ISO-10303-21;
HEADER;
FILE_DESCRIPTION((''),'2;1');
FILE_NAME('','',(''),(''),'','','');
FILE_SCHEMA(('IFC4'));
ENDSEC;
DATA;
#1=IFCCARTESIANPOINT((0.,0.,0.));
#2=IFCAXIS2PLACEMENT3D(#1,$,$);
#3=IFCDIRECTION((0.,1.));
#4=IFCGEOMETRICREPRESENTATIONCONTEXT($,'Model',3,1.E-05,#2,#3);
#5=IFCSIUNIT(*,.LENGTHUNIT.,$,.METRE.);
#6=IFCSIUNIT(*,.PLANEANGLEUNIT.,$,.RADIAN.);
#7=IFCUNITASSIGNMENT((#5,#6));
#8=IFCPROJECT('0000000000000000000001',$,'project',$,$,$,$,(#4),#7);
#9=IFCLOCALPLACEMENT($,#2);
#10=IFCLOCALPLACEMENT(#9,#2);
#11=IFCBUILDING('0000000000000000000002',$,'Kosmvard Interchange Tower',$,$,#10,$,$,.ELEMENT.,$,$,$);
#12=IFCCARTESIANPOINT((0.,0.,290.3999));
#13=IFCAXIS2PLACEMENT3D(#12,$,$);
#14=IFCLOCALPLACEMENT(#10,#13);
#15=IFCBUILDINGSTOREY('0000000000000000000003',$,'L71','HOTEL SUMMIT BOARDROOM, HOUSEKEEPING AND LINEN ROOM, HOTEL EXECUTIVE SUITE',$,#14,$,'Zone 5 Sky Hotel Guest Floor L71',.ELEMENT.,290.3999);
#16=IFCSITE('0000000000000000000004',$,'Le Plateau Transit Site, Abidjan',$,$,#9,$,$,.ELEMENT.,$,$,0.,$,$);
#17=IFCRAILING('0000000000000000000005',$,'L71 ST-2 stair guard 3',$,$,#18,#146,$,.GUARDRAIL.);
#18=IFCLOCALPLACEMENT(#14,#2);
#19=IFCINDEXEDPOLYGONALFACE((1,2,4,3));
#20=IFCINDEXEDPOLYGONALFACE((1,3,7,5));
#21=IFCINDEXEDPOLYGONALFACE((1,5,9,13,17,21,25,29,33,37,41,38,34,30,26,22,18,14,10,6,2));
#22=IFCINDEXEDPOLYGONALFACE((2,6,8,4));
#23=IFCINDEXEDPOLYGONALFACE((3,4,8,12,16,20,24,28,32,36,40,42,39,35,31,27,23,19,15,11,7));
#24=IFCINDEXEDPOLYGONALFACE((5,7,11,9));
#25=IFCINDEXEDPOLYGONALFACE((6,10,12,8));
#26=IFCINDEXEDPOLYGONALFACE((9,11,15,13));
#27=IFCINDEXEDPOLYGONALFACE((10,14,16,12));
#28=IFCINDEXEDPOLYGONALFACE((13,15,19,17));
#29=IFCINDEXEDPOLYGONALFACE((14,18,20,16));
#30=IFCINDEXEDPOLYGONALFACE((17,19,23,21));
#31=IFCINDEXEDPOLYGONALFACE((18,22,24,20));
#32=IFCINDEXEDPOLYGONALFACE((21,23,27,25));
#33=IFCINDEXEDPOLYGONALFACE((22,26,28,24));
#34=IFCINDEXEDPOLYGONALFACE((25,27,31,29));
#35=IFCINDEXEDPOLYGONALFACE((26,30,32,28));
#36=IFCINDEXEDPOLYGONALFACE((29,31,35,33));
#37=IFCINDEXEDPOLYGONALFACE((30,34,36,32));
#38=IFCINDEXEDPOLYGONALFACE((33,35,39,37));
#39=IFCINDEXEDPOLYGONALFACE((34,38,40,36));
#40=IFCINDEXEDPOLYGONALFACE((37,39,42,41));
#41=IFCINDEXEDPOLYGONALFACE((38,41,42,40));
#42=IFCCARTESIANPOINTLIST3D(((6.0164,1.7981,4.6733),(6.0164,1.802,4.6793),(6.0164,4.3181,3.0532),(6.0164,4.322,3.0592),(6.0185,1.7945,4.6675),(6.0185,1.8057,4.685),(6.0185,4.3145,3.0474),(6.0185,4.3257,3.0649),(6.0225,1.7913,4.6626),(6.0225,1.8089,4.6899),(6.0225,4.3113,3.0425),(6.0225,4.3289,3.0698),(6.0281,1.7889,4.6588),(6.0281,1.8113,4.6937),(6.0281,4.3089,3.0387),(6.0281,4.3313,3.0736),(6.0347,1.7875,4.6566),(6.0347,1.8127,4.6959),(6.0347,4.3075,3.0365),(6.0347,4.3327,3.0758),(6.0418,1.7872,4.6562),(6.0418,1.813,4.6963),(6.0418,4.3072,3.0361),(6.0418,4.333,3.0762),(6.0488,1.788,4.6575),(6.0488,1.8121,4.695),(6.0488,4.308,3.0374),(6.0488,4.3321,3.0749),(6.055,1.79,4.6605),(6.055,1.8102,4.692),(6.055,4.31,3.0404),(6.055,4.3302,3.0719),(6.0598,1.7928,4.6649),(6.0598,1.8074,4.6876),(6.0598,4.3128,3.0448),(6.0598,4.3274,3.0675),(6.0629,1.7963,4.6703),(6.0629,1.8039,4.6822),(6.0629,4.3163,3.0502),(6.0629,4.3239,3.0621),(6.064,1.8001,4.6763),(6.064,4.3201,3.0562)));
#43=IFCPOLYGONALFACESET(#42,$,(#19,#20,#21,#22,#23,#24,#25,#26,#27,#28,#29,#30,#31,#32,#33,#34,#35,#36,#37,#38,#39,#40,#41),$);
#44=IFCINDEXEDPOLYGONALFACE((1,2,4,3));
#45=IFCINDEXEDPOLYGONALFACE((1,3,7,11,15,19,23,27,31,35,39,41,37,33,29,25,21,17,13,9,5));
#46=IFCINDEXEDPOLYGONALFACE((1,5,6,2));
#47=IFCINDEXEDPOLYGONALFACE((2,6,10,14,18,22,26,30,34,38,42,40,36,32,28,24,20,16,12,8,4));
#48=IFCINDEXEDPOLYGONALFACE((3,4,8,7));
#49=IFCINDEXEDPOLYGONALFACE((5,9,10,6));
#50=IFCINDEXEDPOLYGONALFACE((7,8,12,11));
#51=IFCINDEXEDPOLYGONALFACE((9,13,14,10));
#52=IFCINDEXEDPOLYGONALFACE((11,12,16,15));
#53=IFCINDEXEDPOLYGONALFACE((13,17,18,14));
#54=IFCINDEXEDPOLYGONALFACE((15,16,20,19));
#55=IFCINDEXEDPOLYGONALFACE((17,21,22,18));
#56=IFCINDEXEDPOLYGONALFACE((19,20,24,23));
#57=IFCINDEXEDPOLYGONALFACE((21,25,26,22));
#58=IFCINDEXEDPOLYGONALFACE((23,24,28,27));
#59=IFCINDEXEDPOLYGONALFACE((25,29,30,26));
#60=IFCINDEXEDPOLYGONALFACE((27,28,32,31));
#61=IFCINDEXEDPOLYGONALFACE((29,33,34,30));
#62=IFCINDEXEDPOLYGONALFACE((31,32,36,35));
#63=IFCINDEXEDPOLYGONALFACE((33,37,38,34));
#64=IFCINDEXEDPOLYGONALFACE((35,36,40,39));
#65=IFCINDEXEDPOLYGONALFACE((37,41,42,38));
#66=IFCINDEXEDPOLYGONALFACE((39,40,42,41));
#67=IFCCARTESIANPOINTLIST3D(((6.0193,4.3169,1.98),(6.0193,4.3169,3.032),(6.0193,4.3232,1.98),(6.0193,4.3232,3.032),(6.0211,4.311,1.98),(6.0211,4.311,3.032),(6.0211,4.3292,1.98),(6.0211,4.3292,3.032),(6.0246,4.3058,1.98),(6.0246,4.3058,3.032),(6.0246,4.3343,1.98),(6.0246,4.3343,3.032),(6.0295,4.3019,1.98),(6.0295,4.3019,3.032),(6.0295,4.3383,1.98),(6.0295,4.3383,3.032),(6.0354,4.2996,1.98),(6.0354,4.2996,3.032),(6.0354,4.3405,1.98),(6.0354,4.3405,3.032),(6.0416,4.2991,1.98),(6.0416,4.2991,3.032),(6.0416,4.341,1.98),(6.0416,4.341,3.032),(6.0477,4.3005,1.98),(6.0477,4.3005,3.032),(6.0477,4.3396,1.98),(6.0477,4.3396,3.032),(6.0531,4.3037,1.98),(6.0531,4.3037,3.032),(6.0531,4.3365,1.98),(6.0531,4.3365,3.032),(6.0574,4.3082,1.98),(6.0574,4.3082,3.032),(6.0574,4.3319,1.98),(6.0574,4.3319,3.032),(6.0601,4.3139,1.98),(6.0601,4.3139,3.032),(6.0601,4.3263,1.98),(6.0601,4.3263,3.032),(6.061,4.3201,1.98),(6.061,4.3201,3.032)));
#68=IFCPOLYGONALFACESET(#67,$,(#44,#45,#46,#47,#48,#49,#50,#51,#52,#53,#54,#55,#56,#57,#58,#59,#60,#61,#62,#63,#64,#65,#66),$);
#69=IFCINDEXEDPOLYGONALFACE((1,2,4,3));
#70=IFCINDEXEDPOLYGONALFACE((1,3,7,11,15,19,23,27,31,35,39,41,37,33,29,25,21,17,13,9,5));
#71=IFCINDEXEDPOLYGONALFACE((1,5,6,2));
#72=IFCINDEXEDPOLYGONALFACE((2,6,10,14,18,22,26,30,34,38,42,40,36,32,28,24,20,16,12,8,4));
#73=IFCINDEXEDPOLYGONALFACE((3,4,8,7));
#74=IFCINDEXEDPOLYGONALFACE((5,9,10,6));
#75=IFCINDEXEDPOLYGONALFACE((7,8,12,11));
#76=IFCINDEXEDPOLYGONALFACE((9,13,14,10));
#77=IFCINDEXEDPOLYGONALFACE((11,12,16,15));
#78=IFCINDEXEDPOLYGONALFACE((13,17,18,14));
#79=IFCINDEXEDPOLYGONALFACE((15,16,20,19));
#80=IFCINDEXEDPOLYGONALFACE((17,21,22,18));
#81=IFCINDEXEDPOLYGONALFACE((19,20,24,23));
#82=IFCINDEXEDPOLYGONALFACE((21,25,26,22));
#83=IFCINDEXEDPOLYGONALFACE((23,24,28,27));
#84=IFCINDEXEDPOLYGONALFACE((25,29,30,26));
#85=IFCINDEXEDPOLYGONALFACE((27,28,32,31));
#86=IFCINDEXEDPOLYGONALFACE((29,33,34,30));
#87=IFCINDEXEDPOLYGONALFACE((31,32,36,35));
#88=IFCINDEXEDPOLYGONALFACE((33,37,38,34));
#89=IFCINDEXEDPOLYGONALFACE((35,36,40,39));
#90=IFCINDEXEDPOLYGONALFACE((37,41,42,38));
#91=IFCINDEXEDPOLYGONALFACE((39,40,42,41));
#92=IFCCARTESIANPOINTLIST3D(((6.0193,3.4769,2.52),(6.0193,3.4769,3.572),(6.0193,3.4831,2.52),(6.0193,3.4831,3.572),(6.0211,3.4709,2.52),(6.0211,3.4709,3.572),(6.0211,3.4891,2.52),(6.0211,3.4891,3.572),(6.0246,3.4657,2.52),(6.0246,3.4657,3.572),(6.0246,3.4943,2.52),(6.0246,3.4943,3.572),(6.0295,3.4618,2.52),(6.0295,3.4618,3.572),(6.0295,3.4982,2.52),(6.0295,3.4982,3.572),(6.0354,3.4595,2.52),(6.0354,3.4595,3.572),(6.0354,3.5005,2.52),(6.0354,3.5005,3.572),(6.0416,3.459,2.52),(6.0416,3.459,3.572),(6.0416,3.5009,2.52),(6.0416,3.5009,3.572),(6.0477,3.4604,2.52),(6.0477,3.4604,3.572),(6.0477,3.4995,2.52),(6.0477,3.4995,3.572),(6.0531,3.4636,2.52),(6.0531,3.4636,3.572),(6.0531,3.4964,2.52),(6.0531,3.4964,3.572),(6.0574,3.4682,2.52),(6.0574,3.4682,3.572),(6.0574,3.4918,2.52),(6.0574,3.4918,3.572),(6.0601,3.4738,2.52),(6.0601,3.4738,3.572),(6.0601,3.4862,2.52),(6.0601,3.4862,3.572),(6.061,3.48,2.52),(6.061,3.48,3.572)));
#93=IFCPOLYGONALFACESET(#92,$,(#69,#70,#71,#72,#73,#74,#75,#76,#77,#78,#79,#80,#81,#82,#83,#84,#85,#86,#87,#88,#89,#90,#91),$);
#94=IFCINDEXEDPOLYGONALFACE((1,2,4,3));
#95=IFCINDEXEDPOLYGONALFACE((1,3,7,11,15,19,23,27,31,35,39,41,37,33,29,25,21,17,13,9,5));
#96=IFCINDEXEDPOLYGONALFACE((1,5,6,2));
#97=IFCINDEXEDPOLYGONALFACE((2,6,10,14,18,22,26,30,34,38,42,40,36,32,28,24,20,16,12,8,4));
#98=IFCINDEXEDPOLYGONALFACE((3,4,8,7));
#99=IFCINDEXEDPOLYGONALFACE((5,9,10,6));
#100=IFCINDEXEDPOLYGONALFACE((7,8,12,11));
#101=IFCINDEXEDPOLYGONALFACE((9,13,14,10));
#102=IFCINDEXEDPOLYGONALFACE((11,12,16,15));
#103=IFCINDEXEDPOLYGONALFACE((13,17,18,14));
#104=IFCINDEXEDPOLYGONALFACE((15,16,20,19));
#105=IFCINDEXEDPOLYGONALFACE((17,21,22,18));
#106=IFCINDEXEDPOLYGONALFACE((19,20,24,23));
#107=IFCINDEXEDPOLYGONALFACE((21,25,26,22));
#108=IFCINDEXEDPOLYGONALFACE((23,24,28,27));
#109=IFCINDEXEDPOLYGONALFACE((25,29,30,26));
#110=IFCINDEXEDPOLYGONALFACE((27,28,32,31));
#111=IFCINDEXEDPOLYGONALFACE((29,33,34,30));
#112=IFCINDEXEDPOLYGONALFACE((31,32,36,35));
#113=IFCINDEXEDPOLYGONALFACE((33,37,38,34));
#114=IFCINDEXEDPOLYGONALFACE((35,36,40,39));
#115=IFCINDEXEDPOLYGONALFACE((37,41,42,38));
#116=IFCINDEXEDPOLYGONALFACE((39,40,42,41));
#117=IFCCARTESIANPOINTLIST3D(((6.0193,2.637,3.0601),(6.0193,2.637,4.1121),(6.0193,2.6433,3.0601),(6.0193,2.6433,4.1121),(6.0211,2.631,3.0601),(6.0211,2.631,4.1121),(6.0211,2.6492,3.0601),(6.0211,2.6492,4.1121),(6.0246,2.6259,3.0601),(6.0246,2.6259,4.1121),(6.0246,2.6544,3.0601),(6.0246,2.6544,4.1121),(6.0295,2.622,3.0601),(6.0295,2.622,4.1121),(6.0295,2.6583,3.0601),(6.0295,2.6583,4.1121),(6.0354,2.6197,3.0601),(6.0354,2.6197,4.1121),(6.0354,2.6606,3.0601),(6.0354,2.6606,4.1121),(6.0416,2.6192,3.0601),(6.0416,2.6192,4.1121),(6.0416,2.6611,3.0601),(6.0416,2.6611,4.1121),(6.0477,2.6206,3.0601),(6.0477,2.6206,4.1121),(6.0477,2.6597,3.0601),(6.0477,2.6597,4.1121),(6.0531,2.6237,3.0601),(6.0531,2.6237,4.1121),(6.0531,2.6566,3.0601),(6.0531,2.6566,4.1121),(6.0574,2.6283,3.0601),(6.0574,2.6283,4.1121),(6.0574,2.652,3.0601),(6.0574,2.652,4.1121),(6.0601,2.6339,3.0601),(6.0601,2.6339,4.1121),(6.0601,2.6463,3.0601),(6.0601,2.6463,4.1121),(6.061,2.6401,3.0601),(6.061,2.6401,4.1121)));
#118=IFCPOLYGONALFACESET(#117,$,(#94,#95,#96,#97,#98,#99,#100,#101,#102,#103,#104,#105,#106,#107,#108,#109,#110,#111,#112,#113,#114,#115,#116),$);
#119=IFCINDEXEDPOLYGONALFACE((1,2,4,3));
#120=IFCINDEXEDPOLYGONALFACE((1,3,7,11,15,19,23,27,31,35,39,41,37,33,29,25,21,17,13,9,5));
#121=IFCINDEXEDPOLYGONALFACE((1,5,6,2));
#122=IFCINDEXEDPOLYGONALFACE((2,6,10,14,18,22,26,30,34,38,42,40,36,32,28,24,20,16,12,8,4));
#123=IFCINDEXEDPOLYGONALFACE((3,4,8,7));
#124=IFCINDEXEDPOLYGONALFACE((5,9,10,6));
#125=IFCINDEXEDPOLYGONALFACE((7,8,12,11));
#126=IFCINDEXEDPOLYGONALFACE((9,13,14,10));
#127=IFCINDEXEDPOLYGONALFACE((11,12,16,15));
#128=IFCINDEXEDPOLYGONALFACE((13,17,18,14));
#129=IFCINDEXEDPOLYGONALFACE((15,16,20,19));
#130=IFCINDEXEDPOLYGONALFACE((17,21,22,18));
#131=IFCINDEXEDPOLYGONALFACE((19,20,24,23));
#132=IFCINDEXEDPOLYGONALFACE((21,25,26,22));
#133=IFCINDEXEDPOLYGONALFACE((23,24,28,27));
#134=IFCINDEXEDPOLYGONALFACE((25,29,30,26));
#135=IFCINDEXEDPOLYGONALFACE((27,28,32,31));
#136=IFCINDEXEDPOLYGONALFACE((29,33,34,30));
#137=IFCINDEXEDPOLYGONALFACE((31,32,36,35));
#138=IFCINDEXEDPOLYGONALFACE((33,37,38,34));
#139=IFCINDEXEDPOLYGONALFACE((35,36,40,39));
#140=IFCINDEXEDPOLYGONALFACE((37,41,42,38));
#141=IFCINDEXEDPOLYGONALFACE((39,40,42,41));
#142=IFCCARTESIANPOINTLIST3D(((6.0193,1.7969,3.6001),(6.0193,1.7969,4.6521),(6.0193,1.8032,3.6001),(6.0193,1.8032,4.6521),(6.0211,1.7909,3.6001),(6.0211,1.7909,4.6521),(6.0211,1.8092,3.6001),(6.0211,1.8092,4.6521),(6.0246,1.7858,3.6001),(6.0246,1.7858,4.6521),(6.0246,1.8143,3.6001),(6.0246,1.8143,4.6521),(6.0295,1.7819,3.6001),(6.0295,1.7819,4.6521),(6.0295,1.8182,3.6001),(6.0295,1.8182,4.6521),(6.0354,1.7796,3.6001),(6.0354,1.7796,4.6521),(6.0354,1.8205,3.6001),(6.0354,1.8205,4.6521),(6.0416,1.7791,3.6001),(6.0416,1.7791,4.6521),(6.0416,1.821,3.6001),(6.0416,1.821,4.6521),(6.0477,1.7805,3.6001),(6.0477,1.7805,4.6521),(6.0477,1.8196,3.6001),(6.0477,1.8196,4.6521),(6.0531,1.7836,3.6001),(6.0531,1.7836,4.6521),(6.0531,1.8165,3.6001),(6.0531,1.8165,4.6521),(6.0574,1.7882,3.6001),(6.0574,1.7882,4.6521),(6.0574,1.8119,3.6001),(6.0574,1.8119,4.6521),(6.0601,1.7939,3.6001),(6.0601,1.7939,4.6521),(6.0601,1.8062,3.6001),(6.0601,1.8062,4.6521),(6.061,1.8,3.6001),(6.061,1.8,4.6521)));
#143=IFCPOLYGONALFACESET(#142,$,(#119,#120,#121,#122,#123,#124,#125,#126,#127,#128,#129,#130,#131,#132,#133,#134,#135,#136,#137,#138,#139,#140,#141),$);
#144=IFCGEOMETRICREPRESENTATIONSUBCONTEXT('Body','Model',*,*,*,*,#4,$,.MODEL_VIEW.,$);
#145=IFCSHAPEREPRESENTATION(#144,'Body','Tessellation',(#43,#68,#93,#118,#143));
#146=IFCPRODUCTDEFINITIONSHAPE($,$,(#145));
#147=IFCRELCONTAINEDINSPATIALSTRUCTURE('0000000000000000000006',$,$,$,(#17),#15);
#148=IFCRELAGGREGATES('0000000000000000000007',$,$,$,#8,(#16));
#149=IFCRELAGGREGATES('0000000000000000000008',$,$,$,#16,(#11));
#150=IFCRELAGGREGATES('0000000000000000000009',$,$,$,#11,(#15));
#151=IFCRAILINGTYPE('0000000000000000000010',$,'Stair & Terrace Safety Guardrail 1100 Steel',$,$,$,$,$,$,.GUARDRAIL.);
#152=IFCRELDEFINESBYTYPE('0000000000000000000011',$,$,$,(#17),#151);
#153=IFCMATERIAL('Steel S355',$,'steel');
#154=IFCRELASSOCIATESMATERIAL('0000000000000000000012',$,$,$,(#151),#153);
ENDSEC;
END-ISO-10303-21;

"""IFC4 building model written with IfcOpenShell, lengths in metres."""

from ifc_helpers import new_model, si_unit, direction, frame, origin, origin_2d, place, context, subcontext, project, spatial, circle, extrude, source, transform, mapped, material, type_object, element, save


model = new_model("IFC4")

# Units and contexts
model_context = context("Model", 3, precision=1e-05, world=origin(), true_north=direction((0.0, 1.0)))
body_context = subcontext(model_context, "Body", "Model", "MODEL_VIEW")
ifc_project = project(units=[si_unit("LENGTHUNIT", "METRE"), si_unit("PLANEANGLEUNIT", "RADIAN")], contexts=[model_context])

# Site, building, storey
site_placement = place(None, origin())
site = spatial("IfcSite", under=ifc_project, at=site_placement, Name="Le Plateau Transit Site, Abidjan", CompositionType="ELEMENT", RefElevation=0.0)
building_placement = place(site_placement, origin())
building = spatial("IfcBuilding", under=site, at=building_placement, Name="Kosmvard Interchange Tower", CompositionType="ELEMENT")
storey_placement = place(building_placement, frame((0.0, 0.0, 290.3999)))
storey = spatial("IfcBuildingStorey", under=building, at=storey_placement, Name="L71", Description="HOTEL SUMMIT BOARDROOM, HOUSEKEEPING AND LINEN ROOM, HOTEL EXECUTIVE SUITE", LongName="Zone 5 Sky Hotel Guest Floor L71", CompositionType="ELEMENT", Elevation=290.3999)

# Shared definitions
ifc_material_1 = material(Name="Steel S355", Category="steel")

# Railing
railing_type_1 = type_object("IfcRailingType", Name="Stair & Terrace Safety Guardrail 1100 Steel", PredefinedType="GUARDRAIL", material=ifc_material_1)
shared_shape_1 = source(origin(), body_context, "Body", "SweptSolid", [
    extrude(circle(Radius=0.0239, at=origin_2d()), frame((0.0, 0.0, 1.0762), z_axis=(0.0, -0.841163, 0.540782), x_axis=(1.0, 0.0, 0.0)), (0.0, 0.0, 1.0), 2.9958),
    extrude(circle(Radius=0.021, at=origin_2d()), origin(), (0.0, 0.0, 1.0), 1.052),
    extrude(circle(Radius=0.021, at=origin_2d()), frame((0.0, -0.8401, 0.54)), (0.0, 0.0, 1.0), 1.052),
    extrude(circle(Radius=0.021, at=origin_2d()), frame((0.0, -1.6799, 1.0801)), (0.0, 0.0, 1.0), 1.052),
    extrude(circle(Radius=0.021, at=origin_2d()), frame((0.0, -2.52, 1.6201)), (0.0, 0.0, 1.0), 1.052),
])
railing_1_placement = place(storey_placement, frame((6.04, 4.3201, 1.98)))
element("IfcRailing", 1, at=railing_1_placement, inside=storey, type_object=railing_type_1, Name="L71 ST-2 stair guard 3", PredefinedType="GUARDRAIL", context=body_context, shape_type="MappedRepresentation", body=[
    mapped(shared_shape_1, transform((0.0, 0.0, 0.0), scale=1.0)),
])

save(model, "model.ifc")
